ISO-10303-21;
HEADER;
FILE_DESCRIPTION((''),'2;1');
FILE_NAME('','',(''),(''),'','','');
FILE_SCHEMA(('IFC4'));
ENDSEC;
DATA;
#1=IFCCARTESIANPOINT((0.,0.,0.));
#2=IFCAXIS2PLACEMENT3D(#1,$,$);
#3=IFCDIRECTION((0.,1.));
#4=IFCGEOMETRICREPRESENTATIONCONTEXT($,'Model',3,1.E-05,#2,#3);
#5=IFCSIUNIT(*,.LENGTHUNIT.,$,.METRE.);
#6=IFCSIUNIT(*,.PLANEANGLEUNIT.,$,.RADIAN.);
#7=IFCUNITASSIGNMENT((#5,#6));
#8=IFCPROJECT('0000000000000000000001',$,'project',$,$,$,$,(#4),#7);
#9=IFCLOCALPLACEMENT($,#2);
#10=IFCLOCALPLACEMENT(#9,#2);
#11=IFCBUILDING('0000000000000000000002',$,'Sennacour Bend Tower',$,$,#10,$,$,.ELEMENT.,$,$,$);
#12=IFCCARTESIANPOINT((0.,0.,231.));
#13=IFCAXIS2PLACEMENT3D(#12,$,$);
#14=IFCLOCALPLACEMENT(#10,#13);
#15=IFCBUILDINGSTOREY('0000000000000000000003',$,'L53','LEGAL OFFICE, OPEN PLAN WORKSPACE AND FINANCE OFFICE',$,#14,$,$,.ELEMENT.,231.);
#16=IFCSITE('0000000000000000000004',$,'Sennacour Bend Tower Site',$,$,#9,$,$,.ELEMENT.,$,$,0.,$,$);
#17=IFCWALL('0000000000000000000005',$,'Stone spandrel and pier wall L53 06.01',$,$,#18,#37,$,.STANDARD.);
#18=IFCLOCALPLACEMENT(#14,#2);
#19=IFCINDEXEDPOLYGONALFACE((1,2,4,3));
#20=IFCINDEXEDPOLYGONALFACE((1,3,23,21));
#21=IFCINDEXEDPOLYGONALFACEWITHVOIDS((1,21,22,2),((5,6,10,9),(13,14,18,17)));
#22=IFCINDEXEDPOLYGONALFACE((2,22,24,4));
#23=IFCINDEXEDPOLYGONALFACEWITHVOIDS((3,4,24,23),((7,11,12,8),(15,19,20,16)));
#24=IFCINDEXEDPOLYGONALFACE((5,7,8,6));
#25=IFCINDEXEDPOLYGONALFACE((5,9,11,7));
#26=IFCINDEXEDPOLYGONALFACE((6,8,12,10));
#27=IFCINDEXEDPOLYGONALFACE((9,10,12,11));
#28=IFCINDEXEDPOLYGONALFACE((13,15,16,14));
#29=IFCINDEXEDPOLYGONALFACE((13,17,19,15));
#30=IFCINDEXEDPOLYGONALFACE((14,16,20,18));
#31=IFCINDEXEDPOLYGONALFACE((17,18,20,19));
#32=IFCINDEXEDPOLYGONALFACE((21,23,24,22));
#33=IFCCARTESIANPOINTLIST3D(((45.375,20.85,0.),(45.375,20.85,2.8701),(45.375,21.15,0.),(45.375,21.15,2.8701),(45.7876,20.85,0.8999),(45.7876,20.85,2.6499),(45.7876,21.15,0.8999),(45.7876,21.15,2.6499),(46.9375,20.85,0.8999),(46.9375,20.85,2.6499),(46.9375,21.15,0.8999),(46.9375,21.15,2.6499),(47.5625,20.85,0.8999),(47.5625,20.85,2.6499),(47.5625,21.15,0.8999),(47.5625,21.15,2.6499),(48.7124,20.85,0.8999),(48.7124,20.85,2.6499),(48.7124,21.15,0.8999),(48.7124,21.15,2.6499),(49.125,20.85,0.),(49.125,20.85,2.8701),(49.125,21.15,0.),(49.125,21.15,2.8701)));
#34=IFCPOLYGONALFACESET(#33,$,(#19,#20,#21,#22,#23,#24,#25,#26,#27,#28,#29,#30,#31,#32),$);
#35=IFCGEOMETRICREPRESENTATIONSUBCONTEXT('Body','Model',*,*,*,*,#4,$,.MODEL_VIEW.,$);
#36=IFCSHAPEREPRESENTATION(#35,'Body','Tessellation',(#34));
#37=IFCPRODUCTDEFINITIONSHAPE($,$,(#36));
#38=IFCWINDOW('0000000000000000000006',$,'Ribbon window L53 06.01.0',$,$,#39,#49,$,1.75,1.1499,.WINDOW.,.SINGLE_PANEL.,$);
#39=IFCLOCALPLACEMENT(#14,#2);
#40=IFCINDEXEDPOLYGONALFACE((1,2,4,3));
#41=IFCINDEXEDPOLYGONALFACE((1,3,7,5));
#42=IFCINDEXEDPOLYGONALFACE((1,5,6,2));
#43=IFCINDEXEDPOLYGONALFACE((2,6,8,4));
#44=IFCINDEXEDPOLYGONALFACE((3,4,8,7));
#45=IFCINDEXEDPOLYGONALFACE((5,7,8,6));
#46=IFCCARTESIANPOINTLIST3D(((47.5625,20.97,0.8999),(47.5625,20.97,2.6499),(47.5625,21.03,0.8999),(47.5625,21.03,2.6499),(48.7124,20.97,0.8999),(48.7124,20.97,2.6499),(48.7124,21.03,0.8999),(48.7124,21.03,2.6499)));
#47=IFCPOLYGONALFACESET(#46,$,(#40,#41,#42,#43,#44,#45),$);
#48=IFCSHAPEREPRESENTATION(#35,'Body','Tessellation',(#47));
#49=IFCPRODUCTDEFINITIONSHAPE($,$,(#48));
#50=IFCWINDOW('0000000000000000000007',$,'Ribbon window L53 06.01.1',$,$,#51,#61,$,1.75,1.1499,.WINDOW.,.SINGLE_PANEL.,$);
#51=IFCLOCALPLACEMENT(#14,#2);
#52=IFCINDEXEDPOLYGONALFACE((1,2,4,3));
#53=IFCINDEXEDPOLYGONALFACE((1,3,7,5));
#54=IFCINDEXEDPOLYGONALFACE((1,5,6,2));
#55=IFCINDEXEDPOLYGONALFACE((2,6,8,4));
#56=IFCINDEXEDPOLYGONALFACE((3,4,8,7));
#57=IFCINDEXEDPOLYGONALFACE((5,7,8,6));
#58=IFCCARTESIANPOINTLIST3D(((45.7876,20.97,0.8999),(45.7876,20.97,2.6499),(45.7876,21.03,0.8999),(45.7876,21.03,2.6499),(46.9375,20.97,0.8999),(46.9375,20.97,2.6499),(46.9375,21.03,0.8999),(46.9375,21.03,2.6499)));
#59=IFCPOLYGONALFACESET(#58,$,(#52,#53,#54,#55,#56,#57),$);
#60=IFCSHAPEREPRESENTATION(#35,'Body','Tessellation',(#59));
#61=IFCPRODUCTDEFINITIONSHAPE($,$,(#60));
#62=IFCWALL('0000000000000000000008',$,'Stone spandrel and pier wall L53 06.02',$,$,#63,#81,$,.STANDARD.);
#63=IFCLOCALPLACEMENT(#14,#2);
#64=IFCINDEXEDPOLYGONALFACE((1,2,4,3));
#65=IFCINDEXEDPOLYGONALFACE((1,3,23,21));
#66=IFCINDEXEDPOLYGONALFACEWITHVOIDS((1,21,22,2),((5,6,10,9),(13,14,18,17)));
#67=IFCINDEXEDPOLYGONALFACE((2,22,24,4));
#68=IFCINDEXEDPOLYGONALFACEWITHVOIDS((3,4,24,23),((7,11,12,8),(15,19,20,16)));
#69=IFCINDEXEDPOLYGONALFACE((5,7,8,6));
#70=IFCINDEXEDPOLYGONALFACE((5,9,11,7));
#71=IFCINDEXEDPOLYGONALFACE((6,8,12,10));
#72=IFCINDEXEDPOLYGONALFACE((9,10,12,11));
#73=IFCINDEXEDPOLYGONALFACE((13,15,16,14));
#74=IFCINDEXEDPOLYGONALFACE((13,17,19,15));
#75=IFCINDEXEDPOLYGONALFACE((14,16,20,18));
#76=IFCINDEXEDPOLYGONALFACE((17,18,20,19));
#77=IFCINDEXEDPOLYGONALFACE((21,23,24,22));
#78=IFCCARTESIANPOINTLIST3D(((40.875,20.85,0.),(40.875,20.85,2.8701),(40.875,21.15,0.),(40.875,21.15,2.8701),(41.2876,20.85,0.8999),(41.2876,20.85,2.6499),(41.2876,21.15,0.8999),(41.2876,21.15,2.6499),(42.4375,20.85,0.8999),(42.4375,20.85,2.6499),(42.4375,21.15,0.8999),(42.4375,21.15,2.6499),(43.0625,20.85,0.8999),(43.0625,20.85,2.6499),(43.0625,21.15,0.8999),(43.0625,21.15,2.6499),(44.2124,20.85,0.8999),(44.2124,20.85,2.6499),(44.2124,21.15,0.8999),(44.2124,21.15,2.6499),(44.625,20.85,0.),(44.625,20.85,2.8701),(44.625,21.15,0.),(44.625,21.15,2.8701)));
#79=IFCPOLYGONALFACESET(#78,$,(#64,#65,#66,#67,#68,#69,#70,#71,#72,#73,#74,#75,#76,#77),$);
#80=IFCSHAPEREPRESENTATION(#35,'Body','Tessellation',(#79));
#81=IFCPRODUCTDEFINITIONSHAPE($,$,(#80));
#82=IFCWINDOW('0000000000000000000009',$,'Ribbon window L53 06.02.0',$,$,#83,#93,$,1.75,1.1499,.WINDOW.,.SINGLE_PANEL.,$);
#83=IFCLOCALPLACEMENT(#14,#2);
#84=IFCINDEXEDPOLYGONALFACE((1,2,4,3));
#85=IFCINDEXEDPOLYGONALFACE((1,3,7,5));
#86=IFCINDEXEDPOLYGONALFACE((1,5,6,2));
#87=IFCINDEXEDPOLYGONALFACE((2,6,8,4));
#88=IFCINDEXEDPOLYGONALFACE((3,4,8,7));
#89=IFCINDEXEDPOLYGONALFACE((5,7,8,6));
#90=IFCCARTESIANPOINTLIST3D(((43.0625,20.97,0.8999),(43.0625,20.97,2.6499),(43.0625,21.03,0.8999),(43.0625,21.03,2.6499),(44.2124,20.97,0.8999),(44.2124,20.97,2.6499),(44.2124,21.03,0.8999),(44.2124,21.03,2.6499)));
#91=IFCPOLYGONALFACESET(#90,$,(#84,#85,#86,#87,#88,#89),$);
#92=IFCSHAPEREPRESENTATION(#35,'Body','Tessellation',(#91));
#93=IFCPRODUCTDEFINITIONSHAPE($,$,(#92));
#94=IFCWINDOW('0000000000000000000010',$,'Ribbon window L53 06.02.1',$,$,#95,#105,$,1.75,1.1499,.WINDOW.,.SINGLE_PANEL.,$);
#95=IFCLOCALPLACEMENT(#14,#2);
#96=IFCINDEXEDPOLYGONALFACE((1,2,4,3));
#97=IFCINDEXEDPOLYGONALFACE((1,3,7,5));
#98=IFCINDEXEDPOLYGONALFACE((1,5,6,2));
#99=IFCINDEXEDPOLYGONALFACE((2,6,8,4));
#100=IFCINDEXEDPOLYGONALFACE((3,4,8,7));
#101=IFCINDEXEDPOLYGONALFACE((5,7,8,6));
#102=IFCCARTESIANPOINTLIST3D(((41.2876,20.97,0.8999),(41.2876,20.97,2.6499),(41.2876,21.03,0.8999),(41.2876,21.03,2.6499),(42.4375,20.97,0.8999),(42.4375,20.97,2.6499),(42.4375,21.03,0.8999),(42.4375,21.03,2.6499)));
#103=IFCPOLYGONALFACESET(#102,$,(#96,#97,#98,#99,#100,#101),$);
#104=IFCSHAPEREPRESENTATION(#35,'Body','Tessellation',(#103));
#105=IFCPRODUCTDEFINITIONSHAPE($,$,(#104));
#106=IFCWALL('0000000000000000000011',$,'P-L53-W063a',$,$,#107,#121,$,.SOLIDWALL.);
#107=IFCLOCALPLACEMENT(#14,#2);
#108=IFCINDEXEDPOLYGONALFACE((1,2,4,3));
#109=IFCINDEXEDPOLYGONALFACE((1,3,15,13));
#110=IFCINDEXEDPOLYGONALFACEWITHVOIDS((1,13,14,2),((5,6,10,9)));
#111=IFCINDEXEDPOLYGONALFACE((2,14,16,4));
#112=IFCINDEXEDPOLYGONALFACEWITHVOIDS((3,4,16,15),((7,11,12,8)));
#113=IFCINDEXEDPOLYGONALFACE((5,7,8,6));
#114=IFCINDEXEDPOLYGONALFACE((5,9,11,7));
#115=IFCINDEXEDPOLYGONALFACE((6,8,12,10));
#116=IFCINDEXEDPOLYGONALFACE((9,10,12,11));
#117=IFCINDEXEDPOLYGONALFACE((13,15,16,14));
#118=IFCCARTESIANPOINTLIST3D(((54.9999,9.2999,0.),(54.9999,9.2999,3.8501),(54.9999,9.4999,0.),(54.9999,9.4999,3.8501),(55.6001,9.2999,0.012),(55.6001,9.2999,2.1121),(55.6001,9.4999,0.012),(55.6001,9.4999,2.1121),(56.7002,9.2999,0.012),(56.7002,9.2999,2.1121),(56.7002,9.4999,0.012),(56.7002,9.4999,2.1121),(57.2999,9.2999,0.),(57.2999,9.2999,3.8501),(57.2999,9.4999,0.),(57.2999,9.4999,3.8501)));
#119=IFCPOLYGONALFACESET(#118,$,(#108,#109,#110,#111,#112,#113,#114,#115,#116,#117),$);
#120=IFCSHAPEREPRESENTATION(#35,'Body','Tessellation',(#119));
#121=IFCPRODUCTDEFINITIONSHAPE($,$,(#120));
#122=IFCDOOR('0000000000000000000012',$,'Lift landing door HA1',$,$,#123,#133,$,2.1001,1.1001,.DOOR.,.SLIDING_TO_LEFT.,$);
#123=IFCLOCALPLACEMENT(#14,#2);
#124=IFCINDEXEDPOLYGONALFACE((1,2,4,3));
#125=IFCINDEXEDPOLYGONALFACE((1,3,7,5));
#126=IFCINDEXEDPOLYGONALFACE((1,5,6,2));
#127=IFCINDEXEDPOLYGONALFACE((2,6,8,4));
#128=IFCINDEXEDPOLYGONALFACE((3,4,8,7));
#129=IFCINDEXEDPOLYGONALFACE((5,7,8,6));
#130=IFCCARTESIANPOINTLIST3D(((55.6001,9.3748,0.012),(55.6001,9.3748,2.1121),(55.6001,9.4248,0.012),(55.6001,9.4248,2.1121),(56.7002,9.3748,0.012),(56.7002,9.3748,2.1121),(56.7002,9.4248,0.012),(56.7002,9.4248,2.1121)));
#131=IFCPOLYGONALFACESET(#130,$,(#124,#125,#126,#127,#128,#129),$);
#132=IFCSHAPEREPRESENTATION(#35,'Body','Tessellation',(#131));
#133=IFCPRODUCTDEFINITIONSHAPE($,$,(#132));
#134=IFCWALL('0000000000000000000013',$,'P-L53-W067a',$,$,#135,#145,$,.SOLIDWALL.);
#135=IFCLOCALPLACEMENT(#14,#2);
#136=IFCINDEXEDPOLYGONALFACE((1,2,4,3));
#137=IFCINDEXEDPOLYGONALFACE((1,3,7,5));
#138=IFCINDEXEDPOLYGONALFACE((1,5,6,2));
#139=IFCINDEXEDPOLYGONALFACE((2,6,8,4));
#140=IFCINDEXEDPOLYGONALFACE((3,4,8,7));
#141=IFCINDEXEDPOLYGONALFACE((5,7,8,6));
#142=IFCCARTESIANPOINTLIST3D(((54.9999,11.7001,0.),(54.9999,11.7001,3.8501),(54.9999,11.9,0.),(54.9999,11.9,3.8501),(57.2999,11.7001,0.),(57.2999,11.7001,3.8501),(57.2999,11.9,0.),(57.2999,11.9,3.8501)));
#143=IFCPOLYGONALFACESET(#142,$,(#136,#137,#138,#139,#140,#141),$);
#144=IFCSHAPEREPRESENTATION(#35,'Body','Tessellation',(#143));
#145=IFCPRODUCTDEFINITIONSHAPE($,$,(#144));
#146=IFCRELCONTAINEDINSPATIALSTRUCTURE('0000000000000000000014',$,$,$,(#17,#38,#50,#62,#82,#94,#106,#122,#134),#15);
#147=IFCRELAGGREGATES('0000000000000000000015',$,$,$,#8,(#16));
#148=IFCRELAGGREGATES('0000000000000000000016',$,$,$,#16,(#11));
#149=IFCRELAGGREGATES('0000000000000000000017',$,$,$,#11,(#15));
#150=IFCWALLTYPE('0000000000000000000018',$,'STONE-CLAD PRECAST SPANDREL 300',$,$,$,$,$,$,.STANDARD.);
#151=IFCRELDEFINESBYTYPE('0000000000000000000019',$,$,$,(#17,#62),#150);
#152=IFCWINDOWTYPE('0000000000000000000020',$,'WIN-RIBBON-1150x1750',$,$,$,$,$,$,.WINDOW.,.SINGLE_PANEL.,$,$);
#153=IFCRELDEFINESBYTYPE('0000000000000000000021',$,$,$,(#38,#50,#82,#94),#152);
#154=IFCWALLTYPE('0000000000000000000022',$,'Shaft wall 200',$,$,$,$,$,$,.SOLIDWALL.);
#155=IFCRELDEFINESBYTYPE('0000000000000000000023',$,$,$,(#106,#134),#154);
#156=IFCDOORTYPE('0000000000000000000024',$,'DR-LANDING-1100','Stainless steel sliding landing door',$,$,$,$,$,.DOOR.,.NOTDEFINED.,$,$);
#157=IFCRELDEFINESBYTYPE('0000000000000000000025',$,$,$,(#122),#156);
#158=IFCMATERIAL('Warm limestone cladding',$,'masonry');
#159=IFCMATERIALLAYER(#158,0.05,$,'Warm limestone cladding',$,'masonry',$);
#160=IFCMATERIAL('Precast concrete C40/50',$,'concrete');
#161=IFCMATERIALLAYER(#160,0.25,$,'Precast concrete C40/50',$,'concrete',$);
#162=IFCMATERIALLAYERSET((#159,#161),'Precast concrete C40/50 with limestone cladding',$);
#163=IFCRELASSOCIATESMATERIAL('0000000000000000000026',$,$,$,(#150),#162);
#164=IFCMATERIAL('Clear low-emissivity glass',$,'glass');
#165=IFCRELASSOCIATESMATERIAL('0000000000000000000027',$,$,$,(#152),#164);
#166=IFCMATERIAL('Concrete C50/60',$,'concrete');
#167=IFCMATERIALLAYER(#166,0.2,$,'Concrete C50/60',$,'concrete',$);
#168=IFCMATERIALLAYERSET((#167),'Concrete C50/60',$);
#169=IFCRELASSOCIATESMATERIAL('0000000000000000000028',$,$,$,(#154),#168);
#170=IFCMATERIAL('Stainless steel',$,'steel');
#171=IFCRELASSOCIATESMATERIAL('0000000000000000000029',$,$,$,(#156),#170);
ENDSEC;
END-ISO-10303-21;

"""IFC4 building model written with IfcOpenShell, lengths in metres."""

from ifc_helpers import new_model, si_unit, direction, frame, frame_2d, origin, place, context, subcontext, project, spatial, rectangle, extrude, material, layer, layer_set, type_object, element, fill, save


model = new_model("IFC4")

# Units and contexts
model_context = context("Model", 3, precision=1e-05, world=origin(), true_north=direction((0.0, 1.0)))
body_context = subcontext(model_context, "Body", "Model", "MODEL_VIEW")
ifc_project = project(units=[si_unit("LENGTHUNIT", "METRE"), si_unit("PLANEANGLEUNIT", "RADIAN")], contexts=[model_context])

# Site, building, storey
site_placement = place(None, origin())
site = spatial("IfcSite", under=ifc_project, at=site_placement, Name="Sennacour Bend Tower Site", CompositionType="ELEMENT", RefElevation=0.0)
building_placement = place(site_placement, origin())
building = spatial("IfcBuilding", under=site, at=building_placement, Name="Sennacour Bend Tower", CompositionType="ELEMENT")
storey_placement = place(building_placement, frame((0.0, 0.0, 231.0)))
storey = spatial("IfcBuildingStorey", under=building, at=storey_placement, Name="L53", Description="LEGAL OFFICE, OPEN PLAN WORKSPACE AND FINANCE OFFICE", CompositionType="ELEMENT", Elevation=231.0)

# Walls, openings, windows
ifc_material_1 = material(Name="Warm limestone cladding", Category="masonry")
ifc_layer_1 = layer(ifc_material_1, 0.05, Name="Warm limestone cladding", Category="masonry")
ifc_material_2 = material(Name="Precast concrete C40/50", Category="concrete")
ifc_layer_2 = layer(ifc_material_2, 0.25, Name="Precast concrete C40/50", Category="concrete")
ifc_layer_set_1 = layer_set([ifc_layer_1, ifc_layer_2], Name="Precast concrete C40/50 with limestone cladding")
wall_type_1 = type_object("IfcWallType", Name="STONE-CLAD PRECAST SPANDREL 300", PredefinedType="STANDARD", material=ifc_layer_set_1)
ifc_material_3 = material(Name="Clear low-emissivity glass", Category="glass")
window_type_1 = type_object("IfcWindowType", Name="WIN-RIBBON-1150x1750", PartitioningType="SINGLE_PANEL", PredefinedType="WINDOW", material=ifc_material_3)
wall_1_placement = place(storey_placement, frame((49.125, 21.0, 0.0), z_axis=(0.0, 0.0, 1.0), x_axis=(-1.0, 0.0, 0.0)))
wall_1 = element("IfcWall", 1, at=wall_1_placement, inside=storey, type_object=wall_type_1, Name="Stone spandrel and pier wall L53 06.01", PredefinedType="STANDARD", context=body_context, shape_type="SweptSolid", body=[
    extrude(rectangle(XDim=3.75, YDim=0.3, at=frame_2d((1.875, 0.0))), origin(), (0.0, 0.0, 1.0), 2.8701),
])
opening_1_placement = place(wall_1_placement, frame((0.4126, 0.0, 0.8999)))
opening_1 = element("IfcOpeningElement", 2, at=opening_1_placement, cuts=wall_1, PredefinedType="OPENING", context=body_context, shape_type="SweptSolid", body=[
    extrude(rectangle(XDim=1.1499, YDim=1.75, at=frame_2d((0.575, 0.875))), frame((0.0, 0.1602, 0.0), z_axis=(0.0, -1.0, 0.0), x_axis=(1.0, 0.0, 0.0)), (0.0, 0.0, 1.0), 0.3201),
])
opening_2_placement = place(wall_1_placement, frame((2.1875, 0.0, 0.8999)))
opening_2 = element("IfcOpeningElement", 3, at=opening_2_placement, cuts=wall_1, PredefinedType="OPENING", context=body_context, shape_type="SweptSolid", body=[
    extrude(rectangle(XDim=1.1499, YDim=1.75, at=frame_2d((0.575, 0.875))), frame((0.0, 0.1602, 0.0), z_axis=(0.0, -1.0, 0.0), x_axis=(1.0, 0.0, 0.0)), (0.0, 0.0, 1.0), 0.3201),
])
window_1_placement = place(opening_1_placement, origin())
window_1 = element("IfcWindow", 4, at=window_1_placement, inside=storey, type_object=window_type_1, Name="Ribbon window L53 06.01.0", OverallHeight=1.75, OverallWidth=1.1499, PartitioningType="SINGLE_PANEL", PredefinedType="WINDOW", context=body_context, shape_type="SweptSolid", body=[
    extrude(rectangle(XDim=1.1499, YDim=1.75, at=frame_2d((0.575, 0.875))), frame((0.0, 0.03, 0.0), z_axis=(0.0, -1.0, 0.0), x_axis=(1.0, 0.0, 0.0)), (0.0, 0.0, 1.0), 0.0601),
])
fill(opening_1, window_1)
window_2_placement = place(opening_2_placement, origin())
window_2 = element("IfcWindow", 5, at=window_2_placement, inside=storey, type_object=window_type_1, Name="Ribbon window L53 06.01.1", OverallHeight=1.75, OverallWidth=1.1499, PartitioningType="SINGLE_PANEL", PredefinedType="WINDOW", context=body_context, shape_type="SweptSolid", body=[
    extrude(rectangle(XDim=1.1499, YDim=1.75, at=frame_2d((0.575, 0.875))), frame((0.0, 0.03, 0.0), z_axis=(0.0, -1.0, 0.0), x_axis=(1.0, 0.0, 0.0)), (0.0, 0.0, 1.0), 0.0601),
])
fill(opening_2, window_2)
wall_2_placement = place(storey_placement, frame((44.625, 21.0, 0.0), z_axis=(0.0, 0.0, 1.0), x_axis=(-1.0, 0.0, 0.0)))
wall_2 = element("IfcWall", 6, at=wall_2_placement, inside=storey, type_object=wall_type_1, Name="Stone spandrel and pier wall L53 06.02", PredefinedType="STANDARD", context=body_context, shape_type="SweptSolid", body=[
    extrude(rectangle(XDim=3.75, YDim=0.3, at=frame_2d((1.875, 0.0))), origin(), (0.0, 0.0, 1.0), 2.8701),
])
opening_3_placement = place(wall_2_placement, frame((0.4126, 0.0, 0.8999)))
opening_3 = element("IfcOpeningElement", 7, at=opening_3_placement, cuts=wall_2, PredefinedType="OPENING", context=body_context, shape_type="SweptSolid", body=[
    extrude(rectangle(XDim=1.1499, YDim=1.75, at=frame_2d((0.575, 0.875))), frame((0.0, 0.1602, 0.0), z_axis=(0.0, -1.0, 0.0), x_axis=(1.0, 0.0, 0.0)), (0.0, 0.0, 1.0), 0.3201),
])
opening_4_placement = place(wall_2_placement, frame((2.1875, 0.0, 0.8999)))
opening_4 = element("IfcOpeningElement", 8, at=opening_4_placement, cuts=wall_2, PredefinedType="OPENING", context=body_context, shape_type="SweptSolid", body=[
    extrude(rectangle(XDim=1.1499, YDim=1.75, at=frame_2d((0.575, 0.875))), frame((0.0, 0.1602, 0.0), z_axis=(0.0, -1.0, 0.0), x_axis=(1.0, 0.0, 0.0)), (0.0, 0.0, 1.0), 0.3201),
])
window_3_placement = place(opening_3_placement, origin())
window_3 = element("IfcWindow", 9, at=window_3_placement, inside=storey, type_object=window_type_1, Name="Ribbon window L53 06.02.0", OverallHeight=1.75, OverallWidth=1.1499, PartitioningType="SINGLE_PANEL", PredefinedType="WINDOW", context=body_context, shape_type="SweptSolid", body=[
    extrude(rectangle(XDim=1.1499, YDim=1.75, at=frame_2d((0.575, 0.875))), frame((0.0, 0.03, 0.0), z_axis=(0.0, -1.0, 0.0), x_axis=(1.0, 0.0, 0.0)), (0.0, 0.0, 1.0), 0.0601),
])
fill(opening_3, window_3)
window_4_placement = place(opening_4_placement, origin())
window_4 = element("IfcWindow", 10, at=window_4_placement, inside=storey, type_object=window_type_1, Name="Ribbon window L53 06.02.1", OverallHeight=1.75, OverallWidth=1.1499, PartitioningType="SINGLE_PANEL", PredefinedType="WINDOW", context=body_context, shape_type="SweptSolid", body=[
    extrude(rectangle(XDim=1.1499, YDim=1.75, at=frame_2d((0.575, 0.875))), frame((0.0, 0.03, 0.0), z_axis=(0.0, -1.0, 0.0), x_axis=(1.0, 0.0, 0.0)), (0.0, 0.0, 1.0), 0.0601),
])
fill(opening_4, window_4)

# Wall, opening, door
ifc_material_4 = material(Name="Concrete C50/60", Category="concrete")
ifc_layer_3 = layer(ifc_material_4, 0.2, Name="Concrete C50/60", Category="concrete")
ifc_layer_set_2 = layer_set([ifc_layer_3], Name="Concrete C50/60")
wall_type_2 = type_object("IfcWallType", Name="Shaft wall 200", PredefinedType="SOLIDWALL", material=ifc_layer_set_2)
wall_3_placement = place(storey_placement, frame((55.0, 9.3999, 0.0), z_axis=(0.0, 0.0, 1.0), x_axis=(1.0, 0.0, 0.0)))
wall_3 = element("IfcWall", 11, at=wall_3_placement, inside=storey, type_object=wall_type_2, Name="P-L53-W063a", PredefinedType="SOLIDWALL", context=body_context, shape_type="SweptSolid", body=[
    extrude(rectangle(XDim=2.3, YDim=0.2, at=frame_2d((1.1499, 0.0))), origin(), (0.0, 0.0, 1.0), 3.8501),
])
opening_5_placement = place(wall_3_placement, frame((0.6001, 0.0, 0.012)))
opening_5 = element("IfcOpeningElement", 12, at=opening_5_placement, cuts=wall_3, PredefinedType="OPENING", context=body_context, shape_type="SweptSolid", body=[
    extrude(rectangle(XDim=1.1001, YDim=2.1001, at=frame_2d((0.55, 1.05))), frame((0.0, 0.1099, 0.0), z_axis=(0.0, -1.0, 0.0), x_axis=(1.0, 0.0, 0.0)), (0.0, 0.0, 1.0), 0.22),
])
ifc_material_5 = material(Name="Stainless steel", Category="steel")
door_type_1 = type_object("IfcDoorType", Name="DR-LANDING-1100", Description="Stainless steel sliding landing door", OperationType="NOTDEFINED", PredefinedType="DOOR", material=ifc_material_5)
door_1_placement = place(opening_5_placement, origin())
door_1 = element("IfcDoor", 13, at=door_1_placement, inside=storey, type_object=door_type_1, Name="Lift landing door HA1", OperationType="SLIDING_TO_LEFT", OverallHeight=2.1001, OverallWidth=1.1001, PredefinedType="DOOR", context=body_context, shape_type="SweptSolid", body=[
    extrude(rectangle(XDim=1.1001, YDim=2.1001, at=frame_2d((0.55, 1.05))), frame((0.0, 0.0249, 0.0), z_axis=(0.0, -1.0, 0.0), x_axis=(1.0, 0.0, 0.0)), (0.0, 0.0, 1.0), 0.05),
])
fill(opening_5, door_1)

# Wall
wall_4_placement = place(storey_placement, frame((55.0, 11.8, 0.0), z_axis=(0.0, 0.0, 1.0), x_axis=(1.0, 0.0, 0.0)))
element("IfcWall", 14, at=wall_4_placement, inside=storey, type_object=wall_type_2, Name="P-L53-W067a", PredefinedType="SOLIDWALL", context=body_context, shape_type="SweptSolid", body=[
    extrude(rectangle(XDim=2.3, YDim=0.2, at=frame_2d((1.1499, 0.0))), origin(), (0.0, 0.0, 1.0), 3.8501),
])

save(model, "model.ifc")
